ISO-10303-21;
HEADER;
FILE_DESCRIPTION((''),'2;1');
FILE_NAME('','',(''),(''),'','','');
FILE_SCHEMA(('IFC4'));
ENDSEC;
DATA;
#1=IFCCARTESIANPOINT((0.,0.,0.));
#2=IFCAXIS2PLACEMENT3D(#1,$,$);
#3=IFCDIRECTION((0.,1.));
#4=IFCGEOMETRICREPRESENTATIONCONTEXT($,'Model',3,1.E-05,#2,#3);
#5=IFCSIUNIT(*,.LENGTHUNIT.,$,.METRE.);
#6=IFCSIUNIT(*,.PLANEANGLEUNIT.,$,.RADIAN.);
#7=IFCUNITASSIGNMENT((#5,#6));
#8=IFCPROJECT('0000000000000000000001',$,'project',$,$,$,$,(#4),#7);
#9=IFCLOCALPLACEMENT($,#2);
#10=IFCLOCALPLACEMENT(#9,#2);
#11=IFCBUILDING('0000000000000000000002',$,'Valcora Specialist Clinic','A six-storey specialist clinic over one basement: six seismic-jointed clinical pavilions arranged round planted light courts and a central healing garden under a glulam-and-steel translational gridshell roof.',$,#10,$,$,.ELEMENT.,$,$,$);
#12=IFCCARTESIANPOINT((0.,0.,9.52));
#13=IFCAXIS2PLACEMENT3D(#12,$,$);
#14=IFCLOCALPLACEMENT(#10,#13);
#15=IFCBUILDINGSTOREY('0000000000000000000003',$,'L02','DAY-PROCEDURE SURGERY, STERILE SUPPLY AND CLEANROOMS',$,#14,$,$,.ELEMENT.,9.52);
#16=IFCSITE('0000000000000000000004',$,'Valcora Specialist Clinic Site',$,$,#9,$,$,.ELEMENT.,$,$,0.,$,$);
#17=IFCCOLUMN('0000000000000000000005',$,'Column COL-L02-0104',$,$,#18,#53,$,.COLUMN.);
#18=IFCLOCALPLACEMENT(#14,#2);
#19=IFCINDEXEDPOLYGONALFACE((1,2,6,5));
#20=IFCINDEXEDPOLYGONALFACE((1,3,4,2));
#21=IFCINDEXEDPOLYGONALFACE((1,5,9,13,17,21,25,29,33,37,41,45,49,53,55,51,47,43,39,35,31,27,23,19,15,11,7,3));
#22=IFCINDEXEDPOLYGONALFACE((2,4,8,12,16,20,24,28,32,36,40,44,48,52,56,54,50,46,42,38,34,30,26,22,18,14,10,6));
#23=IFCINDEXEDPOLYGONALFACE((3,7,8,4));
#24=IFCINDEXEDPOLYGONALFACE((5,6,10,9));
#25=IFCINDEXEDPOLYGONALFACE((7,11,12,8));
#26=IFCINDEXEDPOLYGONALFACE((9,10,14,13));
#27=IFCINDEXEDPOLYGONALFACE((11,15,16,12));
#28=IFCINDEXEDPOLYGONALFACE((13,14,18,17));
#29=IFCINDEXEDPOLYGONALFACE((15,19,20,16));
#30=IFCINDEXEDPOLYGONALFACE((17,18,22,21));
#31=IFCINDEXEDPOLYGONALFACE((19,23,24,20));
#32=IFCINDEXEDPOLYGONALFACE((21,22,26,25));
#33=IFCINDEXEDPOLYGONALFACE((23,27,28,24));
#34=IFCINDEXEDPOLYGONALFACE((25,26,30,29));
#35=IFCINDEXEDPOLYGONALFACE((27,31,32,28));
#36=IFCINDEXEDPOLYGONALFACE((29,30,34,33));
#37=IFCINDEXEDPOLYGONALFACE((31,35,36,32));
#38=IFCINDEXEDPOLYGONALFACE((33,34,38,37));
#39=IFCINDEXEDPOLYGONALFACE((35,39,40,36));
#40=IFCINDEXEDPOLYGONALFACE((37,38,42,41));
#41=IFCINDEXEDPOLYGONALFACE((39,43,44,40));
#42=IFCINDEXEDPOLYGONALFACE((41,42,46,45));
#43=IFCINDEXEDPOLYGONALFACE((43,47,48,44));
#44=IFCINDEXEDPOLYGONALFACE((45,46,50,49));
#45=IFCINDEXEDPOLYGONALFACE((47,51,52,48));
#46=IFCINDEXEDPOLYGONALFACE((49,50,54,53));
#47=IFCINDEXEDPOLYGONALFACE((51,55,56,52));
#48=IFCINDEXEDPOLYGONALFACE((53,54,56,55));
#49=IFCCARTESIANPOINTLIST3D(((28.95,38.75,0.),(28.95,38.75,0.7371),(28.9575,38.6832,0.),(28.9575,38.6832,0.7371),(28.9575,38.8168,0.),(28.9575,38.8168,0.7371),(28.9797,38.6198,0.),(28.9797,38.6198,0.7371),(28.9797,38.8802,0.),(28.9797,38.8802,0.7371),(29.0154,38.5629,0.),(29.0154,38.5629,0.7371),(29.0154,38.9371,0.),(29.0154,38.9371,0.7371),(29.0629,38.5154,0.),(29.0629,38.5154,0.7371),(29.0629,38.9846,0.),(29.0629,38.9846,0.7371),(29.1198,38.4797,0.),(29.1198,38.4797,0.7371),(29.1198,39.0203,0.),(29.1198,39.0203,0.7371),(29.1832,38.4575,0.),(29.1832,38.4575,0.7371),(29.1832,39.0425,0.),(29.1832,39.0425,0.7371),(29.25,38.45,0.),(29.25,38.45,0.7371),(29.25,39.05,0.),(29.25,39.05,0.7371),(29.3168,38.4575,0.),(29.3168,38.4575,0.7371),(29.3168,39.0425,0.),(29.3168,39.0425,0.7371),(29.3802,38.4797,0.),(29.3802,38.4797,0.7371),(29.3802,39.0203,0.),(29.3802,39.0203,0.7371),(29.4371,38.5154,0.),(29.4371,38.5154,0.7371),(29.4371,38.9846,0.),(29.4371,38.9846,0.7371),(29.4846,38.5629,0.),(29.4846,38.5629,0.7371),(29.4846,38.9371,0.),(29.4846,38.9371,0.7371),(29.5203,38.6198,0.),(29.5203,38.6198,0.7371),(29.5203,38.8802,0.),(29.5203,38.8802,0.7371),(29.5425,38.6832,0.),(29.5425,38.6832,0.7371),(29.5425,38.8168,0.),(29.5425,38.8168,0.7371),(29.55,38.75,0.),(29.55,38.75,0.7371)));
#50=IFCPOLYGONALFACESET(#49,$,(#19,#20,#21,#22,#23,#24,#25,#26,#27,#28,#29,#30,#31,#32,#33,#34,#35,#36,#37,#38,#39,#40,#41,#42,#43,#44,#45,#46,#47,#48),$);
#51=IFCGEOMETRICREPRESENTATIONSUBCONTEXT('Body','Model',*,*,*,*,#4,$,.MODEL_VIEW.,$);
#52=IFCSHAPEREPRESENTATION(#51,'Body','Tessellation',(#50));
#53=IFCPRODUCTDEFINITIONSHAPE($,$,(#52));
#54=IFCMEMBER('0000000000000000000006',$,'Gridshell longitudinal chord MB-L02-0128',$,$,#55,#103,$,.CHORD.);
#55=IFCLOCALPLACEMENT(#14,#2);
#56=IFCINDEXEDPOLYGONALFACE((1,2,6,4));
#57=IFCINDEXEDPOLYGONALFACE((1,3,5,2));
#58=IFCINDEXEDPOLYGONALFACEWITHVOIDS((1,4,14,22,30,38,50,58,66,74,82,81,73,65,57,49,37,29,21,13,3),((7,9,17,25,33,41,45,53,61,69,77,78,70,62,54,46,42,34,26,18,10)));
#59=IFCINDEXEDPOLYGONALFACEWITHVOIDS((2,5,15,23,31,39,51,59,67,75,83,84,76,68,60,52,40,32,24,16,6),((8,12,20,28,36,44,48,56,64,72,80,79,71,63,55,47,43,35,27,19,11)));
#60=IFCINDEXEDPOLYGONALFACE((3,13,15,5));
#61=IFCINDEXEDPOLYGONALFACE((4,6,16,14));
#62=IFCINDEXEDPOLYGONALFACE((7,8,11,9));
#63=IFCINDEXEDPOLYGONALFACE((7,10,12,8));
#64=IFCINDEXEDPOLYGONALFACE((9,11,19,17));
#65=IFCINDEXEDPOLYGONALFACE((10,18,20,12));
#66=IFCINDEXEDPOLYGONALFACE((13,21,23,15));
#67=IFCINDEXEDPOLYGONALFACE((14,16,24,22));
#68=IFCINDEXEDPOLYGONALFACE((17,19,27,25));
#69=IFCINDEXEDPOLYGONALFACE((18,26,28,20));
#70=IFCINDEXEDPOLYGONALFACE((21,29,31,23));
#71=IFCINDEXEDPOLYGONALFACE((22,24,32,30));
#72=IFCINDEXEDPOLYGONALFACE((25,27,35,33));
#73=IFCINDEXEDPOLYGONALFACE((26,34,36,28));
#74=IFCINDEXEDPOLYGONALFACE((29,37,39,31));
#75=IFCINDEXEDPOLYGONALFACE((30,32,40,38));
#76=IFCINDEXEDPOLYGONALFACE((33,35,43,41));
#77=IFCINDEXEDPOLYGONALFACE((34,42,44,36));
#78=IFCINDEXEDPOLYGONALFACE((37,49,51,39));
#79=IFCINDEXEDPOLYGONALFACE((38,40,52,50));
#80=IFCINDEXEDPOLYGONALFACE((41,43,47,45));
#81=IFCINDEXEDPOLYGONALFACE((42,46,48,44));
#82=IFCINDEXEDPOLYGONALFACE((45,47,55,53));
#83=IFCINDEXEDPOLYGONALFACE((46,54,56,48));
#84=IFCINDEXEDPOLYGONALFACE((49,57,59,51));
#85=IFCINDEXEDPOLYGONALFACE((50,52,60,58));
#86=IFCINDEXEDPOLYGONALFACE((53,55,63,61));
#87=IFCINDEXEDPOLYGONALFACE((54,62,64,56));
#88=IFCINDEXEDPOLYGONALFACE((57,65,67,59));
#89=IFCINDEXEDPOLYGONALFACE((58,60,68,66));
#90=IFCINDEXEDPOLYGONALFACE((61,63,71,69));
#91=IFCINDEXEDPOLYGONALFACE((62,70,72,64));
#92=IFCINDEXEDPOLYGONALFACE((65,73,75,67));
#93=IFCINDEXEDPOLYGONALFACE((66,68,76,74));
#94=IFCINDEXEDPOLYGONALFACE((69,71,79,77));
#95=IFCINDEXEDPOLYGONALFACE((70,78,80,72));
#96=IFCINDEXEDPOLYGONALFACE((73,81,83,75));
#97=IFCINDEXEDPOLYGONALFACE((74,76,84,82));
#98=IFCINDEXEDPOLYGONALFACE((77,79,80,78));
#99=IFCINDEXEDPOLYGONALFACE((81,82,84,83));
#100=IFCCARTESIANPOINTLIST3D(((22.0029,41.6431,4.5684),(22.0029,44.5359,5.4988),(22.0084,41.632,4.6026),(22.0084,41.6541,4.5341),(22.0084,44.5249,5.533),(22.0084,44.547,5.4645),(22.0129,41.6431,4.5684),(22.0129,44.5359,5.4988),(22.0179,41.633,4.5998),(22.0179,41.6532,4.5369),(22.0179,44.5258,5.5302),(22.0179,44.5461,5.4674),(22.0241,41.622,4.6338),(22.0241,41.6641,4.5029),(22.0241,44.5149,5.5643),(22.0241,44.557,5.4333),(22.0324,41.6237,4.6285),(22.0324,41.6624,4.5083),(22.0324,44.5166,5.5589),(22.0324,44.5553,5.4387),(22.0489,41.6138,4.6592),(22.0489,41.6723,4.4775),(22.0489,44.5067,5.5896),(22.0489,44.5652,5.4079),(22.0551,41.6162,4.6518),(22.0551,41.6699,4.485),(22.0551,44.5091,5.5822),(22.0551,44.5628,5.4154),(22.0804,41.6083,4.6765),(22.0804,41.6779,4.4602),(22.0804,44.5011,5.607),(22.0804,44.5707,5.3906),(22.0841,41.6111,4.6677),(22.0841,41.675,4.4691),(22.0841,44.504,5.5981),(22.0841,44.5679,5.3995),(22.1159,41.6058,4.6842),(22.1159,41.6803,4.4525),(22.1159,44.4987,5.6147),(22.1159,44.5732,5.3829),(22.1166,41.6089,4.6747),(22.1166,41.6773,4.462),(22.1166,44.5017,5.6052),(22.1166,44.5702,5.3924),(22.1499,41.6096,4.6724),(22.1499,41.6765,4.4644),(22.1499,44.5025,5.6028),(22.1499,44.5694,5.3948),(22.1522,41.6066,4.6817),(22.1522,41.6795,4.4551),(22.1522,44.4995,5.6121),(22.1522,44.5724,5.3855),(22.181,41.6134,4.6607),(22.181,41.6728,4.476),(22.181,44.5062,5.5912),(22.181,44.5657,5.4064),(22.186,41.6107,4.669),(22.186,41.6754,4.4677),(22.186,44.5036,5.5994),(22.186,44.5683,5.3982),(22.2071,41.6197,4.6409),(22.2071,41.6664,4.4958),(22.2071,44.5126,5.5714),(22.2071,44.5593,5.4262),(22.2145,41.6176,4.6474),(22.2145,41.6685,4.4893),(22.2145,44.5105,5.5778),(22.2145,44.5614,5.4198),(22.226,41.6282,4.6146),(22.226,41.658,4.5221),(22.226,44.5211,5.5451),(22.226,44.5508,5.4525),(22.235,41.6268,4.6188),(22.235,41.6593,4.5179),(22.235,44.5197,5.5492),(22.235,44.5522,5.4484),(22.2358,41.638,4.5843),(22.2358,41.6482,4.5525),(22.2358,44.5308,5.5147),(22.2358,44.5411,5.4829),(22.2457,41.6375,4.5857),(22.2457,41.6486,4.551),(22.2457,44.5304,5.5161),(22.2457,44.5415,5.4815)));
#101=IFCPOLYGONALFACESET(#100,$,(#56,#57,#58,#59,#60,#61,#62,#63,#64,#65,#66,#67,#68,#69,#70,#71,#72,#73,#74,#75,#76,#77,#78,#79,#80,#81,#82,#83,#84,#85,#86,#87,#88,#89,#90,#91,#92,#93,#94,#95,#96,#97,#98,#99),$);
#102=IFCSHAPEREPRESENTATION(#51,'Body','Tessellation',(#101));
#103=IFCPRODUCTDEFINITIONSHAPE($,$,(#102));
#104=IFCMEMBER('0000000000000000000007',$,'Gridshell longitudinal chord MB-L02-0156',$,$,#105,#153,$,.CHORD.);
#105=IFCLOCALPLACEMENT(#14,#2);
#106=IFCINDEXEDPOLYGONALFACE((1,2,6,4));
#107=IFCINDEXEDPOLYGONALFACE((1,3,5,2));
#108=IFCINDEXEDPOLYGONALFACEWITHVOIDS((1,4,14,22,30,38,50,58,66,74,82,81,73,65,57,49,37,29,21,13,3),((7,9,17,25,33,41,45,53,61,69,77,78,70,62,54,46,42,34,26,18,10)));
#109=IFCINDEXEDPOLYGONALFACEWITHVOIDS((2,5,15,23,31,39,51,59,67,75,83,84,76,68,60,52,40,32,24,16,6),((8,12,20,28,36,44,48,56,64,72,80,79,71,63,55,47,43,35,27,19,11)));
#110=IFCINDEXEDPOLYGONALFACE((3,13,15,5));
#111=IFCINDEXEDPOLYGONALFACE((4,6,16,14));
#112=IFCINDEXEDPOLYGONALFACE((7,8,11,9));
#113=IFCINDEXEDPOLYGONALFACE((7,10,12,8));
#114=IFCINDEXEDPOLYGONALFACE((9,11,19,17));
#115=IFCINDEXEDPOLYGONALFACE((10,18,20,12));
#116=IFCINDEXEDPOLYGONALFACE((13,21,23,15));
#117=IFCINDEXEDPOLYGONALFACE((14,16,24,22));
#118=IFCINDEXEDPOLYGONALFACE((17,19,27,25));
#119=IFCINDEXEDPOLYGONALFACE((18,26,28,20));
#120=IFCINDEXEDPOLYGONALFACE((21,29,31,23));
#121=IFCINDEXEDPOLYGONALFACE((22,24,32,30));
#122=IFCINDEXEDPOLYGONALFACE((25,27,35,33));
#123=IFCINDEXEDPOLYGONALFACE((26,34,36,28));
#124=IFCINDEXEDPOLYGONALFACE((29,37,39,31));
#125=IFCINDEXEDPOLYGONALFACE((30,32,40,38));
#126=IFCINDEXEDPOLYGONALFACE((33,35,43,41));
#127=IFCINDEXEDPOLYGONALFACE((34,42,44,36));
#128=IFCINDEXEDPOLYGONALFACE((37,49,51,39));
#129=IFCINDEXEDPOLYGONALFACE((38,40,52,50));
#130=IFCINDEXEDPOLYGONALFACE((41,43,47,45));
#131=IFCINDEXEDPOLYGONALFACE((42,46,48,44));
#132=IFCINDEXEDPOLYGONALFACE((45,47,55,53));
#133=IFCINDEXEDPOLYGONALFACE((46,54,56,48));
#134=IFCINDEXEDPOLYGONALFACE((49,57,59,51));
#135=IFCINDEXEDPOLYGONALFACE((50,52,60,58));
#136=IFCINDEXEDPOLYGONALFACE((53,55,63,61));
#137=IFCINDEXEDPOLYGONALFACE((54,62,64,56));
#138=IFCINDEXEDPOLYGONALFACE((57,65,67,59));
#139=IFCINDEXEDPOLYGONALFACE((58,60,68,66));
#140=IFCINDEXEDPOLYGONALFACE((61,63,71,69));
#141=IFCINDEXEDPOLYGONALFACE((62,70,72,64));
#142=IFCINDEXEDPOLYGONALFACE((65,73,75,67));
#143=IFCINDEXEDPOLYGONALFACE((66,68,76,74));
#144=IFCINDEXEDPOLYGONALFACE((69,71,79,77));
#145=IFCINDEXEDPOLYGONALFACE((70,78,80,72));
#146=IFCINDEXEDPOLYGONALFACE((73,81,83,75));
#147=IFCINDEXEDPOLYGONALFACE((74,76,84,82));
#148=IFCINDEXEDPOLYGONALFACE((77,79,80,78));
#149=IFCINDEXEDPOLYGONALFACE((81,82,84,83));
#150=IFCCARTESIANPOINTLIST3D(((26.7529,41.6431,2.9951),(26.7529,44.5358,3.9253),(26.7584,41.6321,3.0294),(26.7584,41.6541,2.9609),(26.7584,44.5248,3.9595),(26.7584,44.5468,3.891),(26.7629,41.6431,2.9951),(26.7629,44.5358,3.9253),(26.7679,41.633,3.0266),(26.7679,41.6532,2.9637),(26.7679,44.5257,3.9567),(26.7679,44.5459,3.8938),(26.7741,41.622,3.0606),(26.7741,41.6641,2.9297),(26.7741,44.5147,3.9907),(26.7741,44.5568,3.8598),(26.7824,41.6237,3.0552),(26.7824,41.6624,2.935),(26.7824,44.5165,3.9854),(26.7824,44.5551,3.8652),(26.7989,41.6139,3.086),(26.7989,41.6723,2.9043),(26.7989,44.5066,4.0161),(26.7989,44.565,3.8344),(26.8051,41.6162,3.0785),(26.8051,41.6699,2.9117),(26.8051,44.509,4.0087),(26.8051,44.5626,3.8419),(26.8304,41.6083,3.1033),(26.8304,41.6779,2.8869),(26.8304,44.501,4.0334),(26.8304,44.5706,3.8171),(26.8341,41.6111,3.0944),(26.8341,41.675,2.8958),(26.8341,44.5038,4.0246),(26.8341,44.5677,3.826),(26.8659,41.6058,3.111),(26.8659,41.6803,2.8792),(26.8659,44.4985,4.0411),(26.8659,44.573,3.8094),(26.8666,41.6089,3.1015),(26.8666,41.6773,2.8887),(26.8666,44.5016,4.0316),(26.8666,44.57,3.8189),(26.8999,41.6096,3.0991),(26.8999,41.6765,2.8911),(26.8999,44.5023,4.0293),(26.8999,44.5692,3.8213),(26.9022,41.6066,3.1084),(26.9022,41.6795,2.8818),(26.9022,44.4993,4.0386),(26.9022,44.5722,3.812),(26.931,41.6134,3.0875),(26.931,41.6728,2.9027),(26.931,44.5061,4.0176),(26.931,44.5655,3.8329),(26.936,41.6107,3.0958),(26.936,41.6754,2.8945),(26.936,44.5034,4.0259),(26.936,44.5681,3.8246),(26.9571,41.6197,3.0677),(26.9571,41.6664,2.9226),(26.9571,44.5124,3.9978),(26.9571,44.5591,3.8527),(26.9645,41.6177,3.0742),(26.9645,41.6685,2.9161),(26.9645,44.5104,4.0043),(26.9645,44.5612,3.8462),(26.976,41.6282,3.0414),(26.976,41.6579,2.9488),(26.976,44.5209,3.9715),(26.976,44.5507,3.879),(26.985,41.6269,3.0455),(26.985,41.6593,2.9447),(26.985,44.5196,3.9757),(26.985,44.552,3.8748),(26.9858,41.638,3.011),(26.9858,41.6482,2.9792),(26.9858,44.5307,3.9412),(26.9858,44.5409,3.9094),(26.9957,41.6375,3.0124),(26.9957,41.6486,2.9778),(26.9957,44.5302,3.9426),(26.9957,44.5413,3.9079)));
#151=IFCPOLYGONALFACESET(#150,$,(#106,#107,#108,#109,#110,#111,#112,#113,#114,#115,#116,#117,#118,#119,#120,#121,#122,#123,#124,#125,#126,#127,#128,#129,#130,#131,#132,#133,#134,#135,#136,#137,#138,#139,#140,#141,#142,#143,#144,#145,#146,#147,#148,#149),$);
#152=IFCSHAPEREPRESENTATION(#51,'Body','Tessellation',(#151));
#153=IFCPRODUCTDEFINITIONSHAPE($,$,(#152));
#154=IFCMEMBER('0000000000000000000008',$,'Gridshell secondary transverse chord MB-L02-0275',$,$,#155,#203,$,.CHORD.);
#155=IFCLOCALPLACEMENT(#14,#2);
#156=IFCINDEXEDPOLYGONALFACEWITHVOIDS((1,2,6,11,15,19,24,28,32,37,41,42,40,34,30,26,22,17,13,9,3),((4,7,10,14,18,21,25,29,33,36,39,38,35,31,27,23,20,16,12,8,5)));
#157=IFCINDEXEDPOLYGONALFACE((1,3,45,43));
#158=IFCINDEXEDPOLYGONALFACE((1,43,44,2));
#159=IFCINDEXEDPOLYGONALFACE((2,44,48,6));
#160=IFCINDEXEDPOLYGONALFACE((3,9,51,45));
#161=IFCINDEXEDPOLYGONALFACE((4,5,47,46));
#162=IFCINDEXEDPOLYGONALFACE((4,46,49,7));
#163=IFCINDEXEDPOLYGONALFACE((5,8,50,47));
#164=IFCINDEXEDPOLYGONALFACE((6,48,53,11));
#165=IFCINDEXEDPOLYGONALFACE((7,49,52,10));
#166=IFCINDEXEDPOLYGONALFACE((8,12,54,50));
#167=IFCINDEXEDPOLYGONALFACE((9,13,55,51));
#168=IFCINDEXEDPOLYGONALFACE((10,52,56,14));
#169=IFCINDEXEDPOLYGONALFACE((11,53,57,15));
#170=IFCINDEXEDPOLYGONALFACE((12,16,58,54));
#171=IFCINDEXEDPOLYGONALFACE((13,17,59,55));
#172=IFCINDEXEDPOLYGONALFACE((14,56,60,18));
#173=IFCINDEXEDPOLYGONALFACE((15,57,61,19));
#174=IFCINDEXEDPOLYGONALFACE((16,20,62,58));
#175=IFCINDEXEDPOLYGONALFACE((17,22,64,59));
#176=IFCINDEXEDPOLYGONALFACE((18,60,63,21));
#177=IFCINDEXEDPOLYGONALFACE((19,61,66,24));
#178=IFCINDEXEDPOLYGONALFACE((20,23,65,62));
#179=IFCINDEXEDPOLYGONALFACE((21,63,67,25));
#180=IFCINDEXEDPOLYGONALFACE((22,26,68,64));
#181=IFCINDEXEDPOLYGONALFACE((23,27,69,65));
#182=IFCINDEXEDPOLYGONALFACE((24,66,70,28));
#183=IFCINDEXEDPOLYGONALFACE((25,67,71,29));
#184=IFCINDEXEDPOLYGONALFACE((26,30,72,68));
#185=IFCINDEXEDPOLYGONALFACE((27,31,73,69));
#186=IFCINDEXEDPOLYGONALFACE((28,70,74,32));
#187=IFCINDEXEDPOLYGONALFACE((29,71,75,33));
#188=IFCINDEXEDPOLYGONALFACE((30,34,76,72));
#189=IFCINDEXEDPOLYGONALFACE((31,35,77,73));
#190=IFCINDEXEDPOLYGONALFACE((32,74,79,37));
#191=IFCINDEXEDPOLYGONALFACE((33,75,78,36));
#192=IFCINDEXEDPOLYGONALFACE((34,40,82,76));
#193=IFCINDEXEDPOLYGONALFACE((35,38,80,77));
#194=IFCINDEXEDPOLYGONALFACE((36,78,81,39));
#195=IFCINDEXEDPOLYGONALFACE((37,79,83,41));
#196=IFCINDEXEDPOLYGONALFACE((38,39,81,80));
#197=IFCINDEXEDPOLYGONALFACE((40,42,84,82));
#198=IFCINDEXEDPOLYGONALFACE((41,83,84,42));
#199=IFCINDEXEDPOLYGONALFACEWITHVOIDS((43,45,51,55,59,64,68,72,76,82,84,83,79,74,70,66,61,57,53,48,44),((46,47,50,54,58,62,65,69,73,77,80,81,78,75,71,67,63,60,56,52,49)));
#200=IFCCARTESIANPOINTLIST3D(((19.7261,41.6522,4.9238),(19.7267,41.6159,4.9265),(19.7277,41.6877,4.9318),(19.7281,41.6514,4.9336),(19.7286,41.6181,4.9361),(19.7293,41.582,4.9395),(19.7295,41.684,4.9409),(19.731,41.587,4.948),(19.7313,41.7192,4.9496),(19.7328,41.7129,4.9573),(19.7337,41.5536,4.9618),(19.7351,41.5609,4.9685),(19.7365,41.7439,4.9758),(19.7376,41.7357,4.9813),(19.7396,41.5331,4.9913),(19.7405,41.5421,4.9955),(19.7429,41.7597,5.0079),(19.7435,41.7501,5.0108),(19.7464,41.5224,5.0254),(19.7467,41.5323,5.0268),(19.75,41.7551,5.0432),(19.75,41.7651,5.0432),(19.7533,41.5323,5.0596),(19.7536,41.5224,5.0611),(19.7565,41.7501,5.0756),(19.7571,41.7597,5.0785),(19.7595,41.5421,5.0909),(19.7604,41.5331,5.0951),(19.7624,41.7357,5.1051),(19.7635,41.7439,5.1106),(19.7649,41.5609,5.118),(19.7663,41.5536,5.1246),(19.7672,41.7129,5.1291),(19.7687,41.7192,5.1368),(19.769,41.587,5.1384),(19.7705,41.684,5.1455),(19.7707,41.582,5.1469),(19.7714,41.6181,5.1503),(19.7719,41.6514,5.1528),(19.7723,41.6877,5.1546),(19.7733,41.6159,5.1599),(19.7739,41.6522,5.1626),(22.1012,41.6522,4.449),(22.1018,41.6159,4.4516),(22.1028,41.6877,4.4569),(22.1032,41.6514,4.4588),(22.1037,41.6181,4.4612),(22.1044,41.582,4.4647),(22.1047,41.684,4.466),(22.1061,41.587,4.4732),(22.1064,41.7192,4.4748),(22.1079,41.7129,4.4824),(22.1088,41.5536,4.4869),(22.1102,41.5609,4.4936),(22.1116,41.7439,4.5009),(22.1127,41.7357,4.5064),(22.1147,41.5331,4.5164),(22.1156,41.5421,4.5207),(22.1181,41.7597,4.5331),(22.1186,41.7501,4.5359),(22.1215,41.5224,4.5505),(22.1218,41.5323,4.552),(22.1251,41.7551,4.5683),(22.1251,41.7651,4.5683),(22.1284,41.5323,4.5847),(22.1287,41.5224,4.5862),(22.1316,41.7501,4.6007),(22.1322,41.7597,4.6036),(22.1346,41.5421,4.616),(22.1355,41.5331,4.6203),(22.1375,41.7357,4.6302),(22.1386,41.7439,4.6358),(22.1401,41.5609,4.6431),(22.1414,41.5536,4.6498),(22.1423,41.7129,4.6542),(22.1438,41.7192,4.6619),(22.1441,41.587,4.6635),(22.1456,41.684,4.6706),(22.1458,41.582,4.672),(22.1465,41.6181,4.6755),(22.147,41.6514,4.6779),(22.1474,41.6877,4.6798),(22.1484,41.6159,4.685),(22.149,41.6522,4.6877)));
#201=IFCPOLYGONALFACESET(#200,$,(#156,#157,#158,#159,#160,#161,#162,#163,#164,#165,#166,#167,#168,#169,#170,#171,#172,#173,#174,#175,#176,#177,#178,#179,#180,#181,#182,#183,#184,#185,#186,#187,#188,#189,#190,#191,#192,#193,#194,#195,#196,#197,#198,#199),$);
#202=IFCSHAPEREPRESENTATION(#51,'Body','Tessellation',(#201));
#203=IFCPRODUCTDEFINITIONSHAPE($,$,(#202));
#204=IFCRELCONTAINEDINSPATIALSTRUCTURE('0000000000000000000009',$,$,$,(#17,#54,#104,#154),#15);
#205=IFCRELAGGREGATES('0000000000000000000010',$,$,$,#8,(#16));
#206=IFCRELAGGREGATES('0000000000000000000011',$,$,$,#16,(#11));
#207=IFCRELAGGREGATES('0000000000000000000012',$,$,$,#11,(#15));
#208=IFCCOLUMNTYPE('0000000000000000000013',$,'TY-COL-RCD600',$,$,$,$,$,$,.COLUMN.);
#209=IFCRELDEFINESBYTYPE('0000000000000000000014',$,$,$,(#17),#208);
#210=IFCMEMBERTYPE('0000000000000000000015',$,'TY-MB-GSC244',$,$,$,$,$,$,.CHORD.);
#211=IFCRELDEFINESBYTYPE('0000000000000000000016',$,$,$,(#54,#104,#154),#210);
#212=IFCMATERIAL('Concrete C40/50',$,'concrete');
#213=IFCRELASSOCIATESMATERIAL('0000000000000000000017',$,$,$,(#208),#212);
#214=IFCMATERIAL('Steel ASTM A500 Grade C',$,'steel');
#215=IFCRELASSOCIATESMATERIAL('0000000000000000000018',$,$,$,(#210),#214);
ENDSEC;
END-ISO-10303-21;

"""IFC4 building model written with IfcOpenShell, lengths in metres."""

from ifc_helpers import new_model, si_unit, direction, frame, origin, origin_2d, place, context, subcontext, project, spatial, circle, hollow_circle, extrude, material, material_profile, profile_set, type_object, element, save


model = new_model("IFC4")

# Units and contexts
model_context = context("Model", 3, precision=1e-05, world=origin(), true_north=direction((0.0, 1.0)))
body_context = subcontext(model_context, "Body", "Model", "MODEL_VIEW")
ifc_project = project(units=[si_unit("LENGTHUNIT", "METRE"), si_unit("PLANEANGLEUNIT", "RADIAN")], contexts=[model_context])

# Site, building, storey
site_placement = place(None, origin())
site = spatial("IfcSite", under=ifc_project, at=site_placement, Name="Valcora Specialist Clinic Site", CompositionType="ELEMENT", RefElevation=0.0)
building_placement = place(site_placement, origin())
building = spatial("IfcBuilding", under=site, at=building_placement, Name="Valcora Specialist Clinic", Description="A six-storey specialist clinic over one basement: six seismic-jointed clinical pavilions arranged round planted light courts and a central healing garden under a glulam-and-steel translational gridshell roof.", CompositionType="ELEMENT")
storey_placement = place(building_placement, frame((0.0, 0.0, 9.52)))
storey = spatial("IfcBuildingStorey", under=building, at=storey_placement, Name="L02", Description="DAY-PROCEDURE SURGERY, STERILE SUPPLY AND CLEANROOMS", CompositionType="ELEMENT", Elevation=9.52)

# Column
ifc_material_1 = material(Name="Concrete C40/50", Category="concrete")
ifc_material_profile_1 = material_profile(ifc_material_1, circle(Radius=0.3, at=origin_2d()), Name="RC-COL-D600")
ifc_profile_set_1 = profile_set([ifc_material_profile_1], Name="Concrete C40/50")
column_type = type_object("IfcColumnType", Name="TY-COL-RCD600", PredefinedType="COLUMN", material=ifc_profile_set_1)
column_placement = place(storey_placement, frame((29.25, 38.75, 0.0), z_axis=(0.0, 0.0, 1.0), x_axis=(1.0, 0.0, 0.0)))
element("IfcColumn", 1, at=column_placement, inside=storey, type_object=column_type, Name="Column COL-L02-0104", PredefinedType="COLUMN", context=body_context, shape_type="SweptSolid", body=[
    extrude(circle(Radius=0.3, at=origin_2d()), origin(), (0.0, 0.0, 1.0), 0.7371),
])

# Members
ifc_material_2 = material(Name="Steel ASTM A500 Grade C", Category="steel")
ifc_material_profile_2 = material_profile(ifc_material_2, hollow_circle(Radius=0.1221, WallThickness=0.01, at=origin_2d()), Name="ST-CHS-244X10")
ifc_profile_set_2 = profile_set([ifc_material_profile_2], Name="Steel ASTM A500 Grade C")
member_type_1 = type_object("IfcMemberType", Name="TY-MB-GSC244", PredefinedType="CHORD", material=ifc_profile_set_2)
member_1_placement = place(storey_placement, frame((22.125, 41.6431, 4.5684), z_axis=(0.0, 0.951973, 0.306183), x_axis=(-1.0, 0.0, 0.0)))
element("IfcMember", 2, at=member_1_placement, inside=storey, type_object=member_type_1, Name="Gridshell longitudinal chord MB-L02-0128", PredefinedType="CHORD", context=body_context, shape_type="SweptSolid", body=[
    extrude(hollow_circle(Radius=0.1221, WallThickness=0.01, at=origin_2d()), origin(), (0.0, 0.0, 1.0), 3.0388),
])
member_2_placement = place(storey_placement, frame((26.875, 41.6431, 2.9951), z_axis=(0.0, 0.951996, 0.306111), x_axis=(-1.0, 0.0, 0.0)))
element("IfcMember", 3, at=member_2_placement, inside=storey, type_object=member_type_1, Name="Gridshell longitudinal chord MB-L02-0156", PredefinedType="CHORD", context=body_context, shape_type="SweptSolid", body=[
    extrude(hollow_circle(Radius=0.1221, WallThickness=0.01, at=origin_2d()), origin(), (0.0, 0.0, 1.0), 3.0386),
])
member_3_placement = place(storey_placement, frame((19.75, 41.6431, 5.0432), z_axis=(0.980592, 0.0, -0.196058), x_axis=(0.0, 1.0, 0.0)))
element("IfcMember", 4, at=member_3_placement, inside=storey, type_object=member_type_1, Name="Gridshell secondary transverse chord MB-L02-0275", PredefinedType="CHORD", context=body_context, shape_type="SweptSolid", body=[
    extrude(hollow_circle(Radius=0.1221, WallThickness=0.01, at=origin_2d()), origin(), (0.0, 0.0, 1.0), 2.4221),
])

save(model, "model.ifc")
